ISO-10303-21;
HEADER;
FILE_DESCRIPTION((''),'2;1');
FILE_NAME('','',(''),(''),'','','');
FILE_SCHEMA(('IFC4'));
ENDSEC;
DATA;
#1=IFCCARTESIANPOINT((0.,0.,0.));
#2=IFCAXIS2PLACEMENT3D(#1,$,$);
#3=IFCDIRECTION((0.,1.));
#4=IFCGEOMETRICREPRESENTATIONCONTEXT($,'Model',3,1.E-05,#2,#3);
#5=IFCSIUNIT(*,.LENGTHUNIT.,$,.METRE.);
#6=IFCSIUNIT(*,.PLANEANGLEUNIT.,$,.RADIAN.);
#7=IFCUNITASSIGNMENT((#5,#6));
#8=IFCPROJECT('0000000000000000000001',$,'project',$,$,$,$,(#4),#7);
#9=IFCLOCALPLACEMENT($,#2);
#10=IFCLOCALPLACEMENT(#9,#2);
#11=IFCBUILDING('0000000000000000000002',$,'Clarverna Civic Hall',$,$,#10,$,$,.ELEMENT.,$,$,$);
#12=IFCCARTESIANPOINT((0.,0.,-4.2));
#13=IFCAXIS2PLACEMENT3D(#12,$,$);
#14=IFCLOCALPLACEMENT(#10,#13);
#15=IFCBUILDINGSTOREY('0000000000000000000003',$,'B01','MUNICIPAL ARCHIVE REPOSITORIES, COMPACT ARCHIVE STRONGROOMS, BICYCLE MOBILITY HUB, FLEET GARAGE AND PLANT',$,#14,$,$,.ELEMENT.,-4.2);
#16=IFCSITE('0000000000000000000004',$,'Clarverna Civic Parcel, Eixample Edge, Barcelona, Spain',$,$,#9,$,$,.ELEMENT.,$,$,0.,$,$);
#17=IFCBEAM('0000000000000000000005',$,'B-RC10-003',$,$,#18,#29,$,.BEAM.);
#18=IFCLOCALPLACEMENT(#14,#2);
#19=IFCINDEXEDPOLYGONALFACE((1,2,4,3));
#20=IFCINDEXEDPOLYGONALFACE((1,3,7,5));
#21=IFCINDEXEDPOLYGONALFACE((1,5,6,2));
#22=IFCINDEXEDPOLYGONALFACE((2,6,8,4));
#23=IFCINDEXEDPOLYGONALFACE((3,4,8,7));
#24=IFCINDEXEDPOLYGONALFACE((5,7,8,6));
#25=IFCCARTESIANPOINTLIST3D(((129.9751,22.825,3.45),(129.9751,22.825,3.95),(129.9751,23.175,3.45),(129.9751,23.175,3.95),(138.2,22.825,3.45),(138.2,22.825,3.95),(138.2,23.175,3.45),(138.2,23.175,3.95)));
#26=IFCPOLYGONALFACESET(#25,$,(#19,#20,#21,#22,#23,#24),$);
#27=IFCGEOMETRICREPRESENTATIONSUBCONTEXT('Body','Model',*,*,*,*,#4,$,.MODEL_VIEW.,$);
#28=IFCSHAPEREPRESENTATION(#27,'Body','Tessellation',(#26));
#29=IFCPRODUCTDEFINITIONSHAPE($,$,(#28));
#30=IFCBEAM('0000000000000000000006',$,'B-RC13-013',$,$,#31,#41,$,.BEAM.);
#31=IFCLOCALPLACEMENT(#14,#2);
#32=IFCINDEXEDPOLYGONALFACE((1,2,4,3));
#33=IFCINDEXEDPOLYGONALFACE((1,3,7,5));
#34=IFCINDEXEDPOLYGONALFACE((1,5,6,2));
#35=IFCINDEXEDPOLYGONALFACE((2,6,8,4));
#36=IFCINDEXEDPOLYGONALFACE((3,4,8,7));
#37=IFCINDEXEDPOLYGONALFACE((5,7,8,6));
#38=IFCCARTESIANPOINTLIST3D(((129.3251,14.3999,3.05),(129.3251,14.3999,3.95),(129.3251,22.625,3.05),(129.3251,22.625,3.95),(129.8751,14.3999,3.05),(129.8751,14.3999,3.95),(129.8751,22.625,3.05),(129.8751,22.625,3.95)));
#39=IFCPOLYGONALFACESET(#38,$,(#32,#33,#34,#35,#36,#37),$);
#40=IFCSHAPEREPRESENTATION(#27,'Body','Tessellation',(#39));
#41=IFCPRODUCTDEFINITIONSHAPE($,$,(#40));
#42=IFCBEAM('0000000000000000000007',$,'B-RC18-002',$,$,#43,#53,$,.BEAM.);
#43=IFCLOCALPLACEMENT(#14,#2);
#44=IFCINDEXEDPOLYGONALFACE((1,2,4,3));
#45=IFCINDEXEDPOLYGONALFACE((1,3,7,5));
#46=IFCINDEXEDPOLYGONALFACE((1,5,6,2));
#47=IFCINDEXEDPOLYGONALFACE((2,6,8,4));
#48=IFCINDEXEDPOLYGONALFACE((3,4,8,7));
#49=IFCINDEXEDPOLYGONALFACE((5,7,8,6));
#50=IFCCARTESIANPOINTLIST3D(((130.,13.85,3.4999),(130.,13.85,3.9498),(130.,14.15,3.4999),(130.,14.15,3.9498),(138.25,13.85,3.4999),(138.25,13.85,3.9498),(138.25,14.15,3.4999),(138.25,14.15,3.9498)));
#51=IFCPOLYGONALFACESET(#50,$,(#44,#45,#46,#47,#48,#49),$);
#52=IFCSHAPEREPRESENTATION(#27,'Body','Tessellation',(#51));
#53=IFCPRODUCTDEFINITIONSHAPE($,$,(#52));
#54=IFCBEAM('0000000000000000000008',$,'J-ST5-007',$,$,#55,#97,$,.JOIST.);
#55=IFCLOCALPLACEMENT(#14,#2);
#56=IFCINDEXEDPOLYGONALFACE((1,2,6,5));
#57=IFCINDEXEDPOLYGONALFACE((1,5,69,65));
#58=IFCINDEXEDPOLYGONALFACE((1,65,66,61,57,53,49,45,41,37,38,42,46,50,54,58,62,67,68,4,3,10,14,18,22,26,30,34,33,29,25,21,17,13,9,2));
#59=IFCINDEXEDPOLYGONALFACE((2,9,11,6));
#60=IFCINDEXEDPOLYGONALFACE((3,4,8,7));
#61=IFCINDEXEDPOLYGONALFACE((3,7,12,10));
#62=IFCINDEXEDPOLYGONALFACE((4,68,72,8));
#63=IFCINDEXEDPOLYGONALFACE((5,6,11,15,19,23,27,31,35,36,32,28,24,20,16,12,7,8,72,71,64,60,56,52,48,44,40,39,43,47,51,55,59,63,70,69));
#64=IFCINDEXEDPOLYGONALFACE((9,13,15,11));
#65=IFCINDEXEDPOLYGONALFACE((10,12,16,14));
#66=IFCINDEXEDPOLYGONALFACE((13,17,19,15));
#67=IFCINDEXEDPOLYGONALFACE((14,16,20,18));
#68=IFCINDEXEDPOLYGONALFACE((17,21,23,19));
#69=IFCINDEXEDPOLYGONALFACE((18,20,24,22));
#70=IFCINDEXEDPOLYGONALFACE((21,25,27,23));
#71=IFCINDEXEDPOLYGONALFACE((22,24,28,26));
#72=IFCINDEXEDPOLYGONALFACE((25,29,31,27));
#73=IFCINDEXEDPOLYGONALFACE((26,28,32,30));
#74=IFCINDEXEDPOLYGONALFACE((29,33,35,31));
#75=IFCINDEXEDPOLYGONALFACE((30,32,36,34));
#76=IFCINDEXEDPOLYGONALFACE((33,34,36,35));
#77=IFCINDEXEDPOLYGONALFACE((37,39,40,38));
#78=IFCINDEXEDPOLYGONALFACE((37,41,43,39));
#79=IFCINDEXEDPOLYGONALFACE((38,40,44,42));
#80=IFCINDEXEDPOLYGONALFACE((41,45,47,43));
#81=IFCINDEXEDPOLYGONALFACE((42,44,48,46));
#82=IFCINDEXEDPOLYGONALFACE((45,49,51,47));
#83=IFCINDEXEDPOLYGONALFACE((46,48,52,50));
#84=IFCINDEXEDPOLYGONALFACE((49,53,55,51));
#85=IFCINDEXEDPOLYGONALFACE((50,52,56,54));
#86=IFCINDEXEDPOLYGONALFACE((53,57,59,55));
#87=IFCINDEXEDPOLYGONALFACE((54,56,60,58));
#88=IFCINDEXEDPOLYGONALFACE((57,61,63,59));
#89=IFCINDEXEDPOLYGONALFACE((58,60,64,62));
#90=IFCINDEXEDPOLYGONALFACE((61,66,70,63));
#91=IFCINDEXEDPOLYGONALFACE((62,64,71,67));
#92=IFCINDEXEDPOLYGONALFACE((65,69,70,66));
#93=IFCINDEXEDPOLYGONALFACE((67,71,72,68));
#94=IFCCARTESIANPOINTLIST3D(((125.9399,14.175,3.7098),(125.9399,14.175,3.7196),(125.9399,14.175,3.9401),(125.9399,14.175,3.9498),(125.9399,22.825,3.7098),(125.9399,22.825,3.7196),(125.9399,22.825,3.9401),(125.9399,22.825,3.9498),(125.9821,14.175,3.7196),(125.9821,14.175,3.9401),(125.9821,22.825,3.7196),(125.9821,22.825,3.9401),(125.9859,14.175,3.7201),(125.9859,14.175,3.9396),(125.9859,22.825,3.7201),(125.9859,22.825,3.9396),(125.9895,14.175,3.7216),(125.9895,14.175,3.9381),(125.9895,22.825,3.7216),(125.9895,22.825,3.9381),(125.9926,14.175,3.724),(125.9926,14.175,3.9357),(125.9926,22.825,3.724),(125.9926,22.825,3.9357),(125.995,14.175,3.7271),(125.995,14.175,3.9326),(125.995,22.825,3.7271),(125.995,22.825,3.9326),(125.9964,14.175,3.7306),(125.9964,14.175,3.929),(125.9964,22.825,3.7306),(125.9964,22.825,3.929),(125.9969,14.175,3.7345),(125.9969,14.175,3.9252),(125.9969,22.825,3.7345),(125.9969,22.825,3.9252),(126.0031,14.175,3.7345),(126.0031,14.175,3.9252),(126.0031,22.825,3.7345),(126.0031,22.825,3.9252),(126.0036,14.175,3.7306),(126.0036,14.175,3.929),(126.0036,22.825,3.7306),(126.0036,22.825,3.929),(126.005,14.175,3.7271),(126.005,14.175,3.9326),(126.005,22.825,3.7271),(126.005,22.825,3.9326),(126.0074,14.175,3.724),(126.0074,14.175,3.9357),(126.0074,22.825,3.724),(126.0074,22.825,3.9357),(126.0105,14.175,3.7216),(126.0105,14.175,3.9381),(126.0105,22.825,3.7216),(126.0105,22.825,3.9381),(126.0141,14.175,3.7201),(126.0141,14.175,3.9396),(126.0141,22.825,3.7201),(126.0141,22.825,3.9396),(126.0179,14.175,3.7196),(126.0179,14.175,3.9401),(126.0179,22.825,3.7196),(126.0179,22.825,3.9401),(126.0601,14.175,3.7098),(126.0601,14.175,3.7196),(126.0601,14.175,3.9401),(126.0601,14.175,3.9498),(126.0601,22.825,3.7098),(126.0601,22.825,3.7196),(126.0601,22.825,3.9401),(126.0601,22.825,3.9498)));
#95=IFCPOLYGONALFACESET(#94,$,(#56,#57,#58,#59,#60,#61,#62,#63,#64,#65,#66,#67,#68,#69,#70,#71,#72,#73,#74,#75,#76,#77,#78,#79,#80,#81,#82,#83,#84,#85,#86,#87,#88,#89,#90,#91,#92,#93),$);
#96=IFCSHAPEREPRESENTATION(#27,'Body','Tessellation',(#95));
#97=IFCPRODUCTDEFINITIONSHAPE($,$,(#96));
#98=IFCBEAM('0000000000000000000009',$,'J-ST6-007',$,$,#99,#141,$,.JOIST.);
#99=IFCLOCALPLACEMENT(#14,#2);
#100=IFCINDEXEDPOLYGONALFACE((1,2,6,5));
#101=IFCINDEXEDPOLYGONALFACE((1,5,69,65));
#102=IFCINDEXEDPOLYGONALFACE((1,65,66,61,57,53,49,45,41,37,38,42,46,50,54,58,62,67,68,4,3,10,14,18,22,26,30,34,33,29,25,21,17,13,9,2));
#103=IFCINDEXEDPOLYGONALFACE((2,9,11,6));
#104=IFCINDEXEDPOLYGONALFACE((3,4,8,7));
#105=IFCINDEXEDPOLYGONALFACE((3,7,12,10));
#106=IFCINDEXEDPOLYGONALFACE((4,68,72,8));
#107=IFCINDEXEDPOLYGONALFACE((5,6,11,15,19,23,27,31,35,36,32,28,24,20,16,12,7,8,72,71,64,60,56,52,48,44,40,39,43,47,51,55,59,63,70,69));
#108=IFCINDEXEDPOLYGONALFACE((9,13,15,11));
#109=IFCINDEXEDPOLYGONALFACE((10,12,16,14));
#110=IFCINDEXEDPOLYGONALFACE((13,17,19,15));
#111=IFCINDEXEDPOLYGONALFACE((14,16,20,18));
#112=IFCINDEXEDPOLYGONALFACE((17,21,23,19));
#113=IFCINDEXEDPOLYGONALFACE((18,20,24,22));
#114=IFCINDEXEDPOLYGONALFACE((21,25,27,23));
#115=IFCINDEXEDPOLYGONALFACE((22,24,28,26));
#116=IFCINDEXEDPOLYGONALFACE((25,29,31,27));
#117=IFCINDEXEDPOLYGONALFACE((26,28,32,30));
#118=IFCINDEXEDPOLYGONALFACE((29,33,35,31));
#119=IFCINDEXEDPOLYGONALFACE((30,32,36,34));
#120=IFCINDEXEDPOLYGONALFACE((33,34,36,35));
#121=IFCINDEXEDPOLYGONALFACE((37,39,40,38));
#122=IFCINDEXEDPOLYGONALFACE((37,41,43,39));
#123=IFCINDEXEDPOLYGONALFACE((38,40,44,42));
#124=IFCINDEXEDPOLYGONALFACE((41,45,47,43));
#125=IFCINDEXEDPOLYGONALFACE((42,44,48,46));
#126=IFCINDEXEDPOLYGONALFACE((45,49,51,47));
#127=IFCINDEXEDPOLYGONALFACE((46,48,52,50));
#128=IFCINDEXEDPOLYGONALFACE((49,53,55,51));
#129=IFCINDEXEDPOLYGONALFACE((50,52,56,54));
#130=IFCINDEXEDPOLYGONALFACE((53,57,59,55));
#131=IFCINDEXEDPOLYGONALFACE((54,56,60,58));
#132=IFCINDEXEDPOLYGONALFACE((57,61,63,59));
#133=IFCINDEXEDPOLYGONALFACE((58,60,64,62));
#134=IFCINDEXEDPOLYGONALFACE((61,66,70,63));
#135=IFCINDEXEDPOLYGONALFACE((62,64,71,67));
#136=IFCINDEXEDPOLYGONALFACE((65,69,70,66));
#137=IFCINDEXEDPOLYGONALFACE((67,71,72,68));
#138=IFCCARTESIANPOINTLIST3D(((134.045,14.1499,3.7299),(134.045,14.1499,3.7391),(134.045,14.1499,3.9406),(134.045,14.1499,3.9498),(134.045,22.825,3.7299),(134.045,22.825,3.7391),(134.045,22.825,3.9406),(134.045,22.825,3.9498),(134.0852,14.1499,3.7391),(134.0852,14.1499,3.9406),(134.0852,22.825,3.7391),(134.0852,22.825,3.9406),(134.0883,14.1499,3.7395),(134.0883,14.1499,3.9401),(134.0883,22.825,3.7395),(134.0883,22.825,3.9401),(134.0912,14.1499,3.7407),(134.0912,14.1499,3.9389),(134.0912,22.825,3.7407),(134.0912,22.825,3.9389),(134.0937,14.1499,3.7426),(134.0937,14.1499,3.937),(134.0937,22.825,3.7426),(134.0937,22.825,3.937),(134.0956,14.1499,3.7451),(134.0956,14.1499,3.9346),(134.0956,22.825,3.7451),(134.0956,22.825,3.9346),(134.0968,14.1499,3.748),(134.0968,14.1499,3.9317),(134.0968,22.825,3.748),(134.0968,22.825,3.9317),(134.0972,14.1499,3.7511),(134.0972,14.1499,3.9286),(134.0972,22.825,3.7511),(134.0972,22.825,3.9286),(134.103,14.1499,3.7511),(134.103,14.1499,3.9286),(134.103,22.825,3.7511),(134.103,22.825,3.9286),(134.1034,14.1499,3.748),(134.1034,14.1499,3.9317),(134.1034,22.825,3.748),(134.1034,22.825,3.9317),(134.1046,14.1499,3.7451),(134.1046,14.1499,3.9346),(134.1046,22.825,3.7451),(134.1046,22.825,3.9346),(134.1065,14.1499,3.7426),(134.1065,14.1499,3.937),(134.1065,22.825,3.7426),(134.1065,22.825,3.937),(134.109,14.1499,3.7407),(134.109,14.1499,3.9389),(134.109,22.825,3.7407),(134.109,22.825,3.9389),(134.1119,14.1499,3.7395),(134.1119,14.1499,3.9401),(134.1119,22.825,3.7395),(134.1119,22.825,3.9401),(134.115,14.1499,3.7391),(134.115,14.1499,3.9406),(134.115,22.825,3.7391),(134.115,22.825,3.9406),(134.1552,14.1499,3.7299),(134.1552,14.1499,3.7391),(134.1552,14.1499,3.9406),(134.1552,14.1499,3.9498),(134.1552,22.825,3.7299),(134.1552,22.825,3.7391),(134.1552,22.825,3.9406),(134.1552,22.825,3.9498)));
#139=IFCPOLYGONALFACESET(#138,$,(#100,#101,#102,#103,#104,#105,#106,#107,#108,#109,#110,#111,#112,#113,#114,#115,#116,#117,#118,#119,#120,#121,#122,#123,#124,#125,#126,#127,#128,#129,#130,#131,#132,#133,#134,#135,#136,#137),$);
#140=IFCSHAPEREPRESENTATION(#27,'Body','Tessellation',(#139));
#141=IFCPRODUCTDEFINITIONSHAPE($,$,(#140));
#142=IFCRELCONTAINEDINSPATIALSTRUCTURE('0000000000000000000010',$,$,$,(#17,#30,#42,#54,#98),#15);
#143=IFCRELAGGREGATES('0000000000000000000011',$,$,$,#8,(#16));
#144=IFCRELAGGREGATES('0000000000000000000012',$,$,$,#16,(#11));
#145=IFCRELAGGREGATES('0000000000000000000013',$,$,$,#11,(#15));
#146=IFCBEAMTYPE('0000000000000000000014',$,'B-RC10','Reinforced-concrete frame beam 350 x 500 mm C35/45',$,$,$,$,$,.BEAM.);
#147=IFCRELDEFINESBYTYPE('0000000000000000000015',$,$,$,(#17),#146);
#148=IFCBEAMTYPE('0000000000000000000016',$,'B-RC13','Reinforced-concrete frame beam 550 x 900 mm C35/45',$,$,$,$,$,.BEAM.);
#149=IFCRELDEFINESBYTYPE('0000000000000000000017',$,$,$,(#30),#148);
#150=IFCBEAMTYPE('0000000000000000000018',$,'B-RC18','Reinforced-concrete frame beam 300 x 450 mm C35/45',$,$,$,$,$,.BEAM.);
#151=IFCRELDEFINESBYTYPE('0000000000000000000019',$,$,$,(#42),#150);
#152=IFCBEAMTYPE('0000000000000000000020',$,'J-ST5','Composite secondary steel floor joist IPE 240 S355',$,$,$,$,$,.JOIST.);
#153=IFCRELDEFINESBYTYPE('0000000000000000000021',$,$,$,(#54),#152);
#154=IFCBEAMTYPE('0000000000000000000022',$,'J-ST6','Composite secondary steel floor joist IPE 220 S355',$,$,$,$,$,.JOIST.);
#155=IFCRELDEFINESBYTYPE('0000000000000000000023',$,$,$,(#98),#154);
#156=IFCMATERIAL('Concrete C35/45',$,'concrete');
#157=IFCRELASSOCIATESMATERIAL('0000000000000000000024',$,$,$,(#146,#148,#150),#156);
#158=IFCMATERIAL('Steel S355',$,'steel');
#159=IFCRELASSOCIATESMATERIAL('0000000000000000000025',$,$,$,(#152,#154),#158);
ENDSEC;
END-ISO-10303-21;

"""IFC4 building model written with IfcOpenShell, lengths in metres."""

from ifc_helpers import new_model, si_unit, direction, frame, origin, origin_2d, place, context, subcontext, project, spatial, rectangle, i_section, extrude, material, material_profile, profile_set, type_object, element, save


model = new_model("IFC4")

# Units and contexts
model_context = context("Model", 3, precision=1e-05, world=origin(), true_north=direction((0.0, 1.0)))
body_context = subcontext(model_context, "Body", "Model", "MODEL_VIEW")
ifc_project = project(units=[si_unit("LENGTHUNIT", "METRE"), si_unit("PLANEANGLEUNIT", "RADIAN")], contexts=[model_context])

# Site, building, storey
site_placement = place(None, origin())
site = spatial("IfcSite", under=ifc_project, at=site_placement, Name="Clarverna Civic Parcel, Eixample Edge, Barcelona, Spain", CompositionType="ELEMENT", RefElevation=0.0)
building_placement = place(site_placement, origin())
building = spatial("IfcBuilding", under=site, at=building_placement, Name="Clarverna Civic Hall", CompositionType="ELEMENT")
storey_placement = place(building_placement, frame((0.0, 0.0, -4.2)))
storey = spatial("IfcBuildingStorey", under=building, at=storey_placement, Name="B01", Description="MUNICIPAL ARCHIVE REPOSITORIES, COMPACT ARCHIVE STRONGROOMS, BICYCLE MOBILITY HUB, FLEET GARAGE AND PLANT", CompositionType="ELEMENT", Elevation=-4.2)

# Beams
ifc_material_1 = material(Name="Concrete C35/45", Category="concrete")
ifc_material_profile_1 = material_profile(ifc_material_1, rectangle(XDim=0.3501, YDim=0.5, at=origin_2d()), Name="RC 350x500")
ifc_profile_set_1 = profile_set([ifc_material_profile_1], Name="Concrete C35/45")
beam_type_1 = type_object("IfcBeamType", Name="B-RC10", Description="Reinforced-concrete frame beam 350 x 500 mm C35/45", PredefinedType="BEAM", material=ifc_profile_set_1)
beam_1_placement = place(storey_placement, frame((129.9751, 23.0, 3.7), z_axis=(1.0, 0.0, 0.0), x_axis=(0.0, 1.0, 0.0)))
element("IfcBeam", 1, at=beam_1_placement, inside=storey, type_object=beam_type_1, Name="B-RC10-003", PredefinedType="BEAM", context=body_context, shape_type="SweptSolid", body=[
    extrude(rectangle(XDim=0.3501, YDim=0.5, at=origin_2d()), origin(), (0.0, 0.0, 1.0), 8.2249),
])
ifc_material_profile_2 = material_profile(ifc_material_1, rectangle(XDim=0.55, YDim=0.8999, at=origin_2d()), Name="RC 550x900")
ifc_profile_set_2 = profile_set([ifc_material_profile_2], Name="Concrete C35/45")
beam_type_2 = type_object("IfcBeamType", Name="B-RC13", Description="Reinforced-concrete frame beam 550 x 900 mm C35/45", PredefinedType="BEAM", material=ifc_profile_set_2)
beam_2_placement = place(storey_placement, frame((129.6001, 14.3999, 3.5), z_axis=(0.0, 1.0, 0.0), x_axis=(-1.0, 0.0, 0.0)))
element("IfcBeam", 2, at=beam_2_placement, inside=storey, type_object=beam_type_2, Name="B-RC13-013", PredefinedType="BEAM", context=body_context, shape_type="SweptSolid", body=[
    extrude(rectangle(XDim=0.55, YDim=0.8999, at=origin_2d()), origin(), (0.0, 0.0, 1.0), 8.2251),
])
ifc_material_profile_3 = material_profile(ifc_material_1, rectangle(XDim=0.3, YDim=0.45, at=origin_2d()), Name="RC 300x450")
ifc_profile_set_3 = profile_set([ifc_material_profile_3], Name="Concrete C35/45")
beam_type_3 = type_object("IfcBeamType", Name="B-RC18", Description="Reinforced-concrete frame beam 300 x 450 mm C35/45", PredefinedType="BEAM", material=ifc_profile_set_3)
beam_3_placement = place(storey_placement, frame((130.0, 14.0, 3.7249), z_axis=(1.0, 0.0, 0.0), x_axis=(0.0, 1.0, 0.0)))
element("IfcBeam", 3, at=beam_3_placement, inside=storey, type_object=beam_type_3, Name="B-RC18-002", PredefinedType="BEAM", context=body_context, shape_type="SweptSolid", body=[
    extrude(rectangle(XDim=0.3, YDim=0.45, at=origin_2d()), origin(), (0.0, 0.0, 1.0), 8.25),
])
ifc_material_2 = material(Name="Steel S355", Category="steel")
ifc_material_profile_4 = material_profile(ifc_material_2, i_section(OverallWidth=0.1201, OverallDepth=0.24, WebThickness=0.0061, FlangeThickness=0.0098, FilletRadius=0.0149, at=origin_2d()), Name="IPE 240")
ifc_profile_set_4 = profile_set([ifc_material_profile_4], Name="Steel S355")
beam_type_4 = type_object("IfcBeamType", Name="J-ST5", Description="Composite secondary steel floor joist IPE 240 S355", PredefinedType="JOIST", material=ifc_profile_set_4)
beam_4_placement = place(storey_placement, frame((126.0, 14.175, 3.8298), z_axis=(0.0, 1.0, 0.0), x_axis=(-1.0, 0.0, 0.0)))
element("IfcBeam", 4, at=beam_4_placement, inside=storey, type_object=beam_type_4, Name="J-ST5-007", PredefinedType="JOIST", context=body_context, shape_type="SweptSolid", body=[
    extrude(i_section(OverallWidth=0.1201, OverallDepth=0.24, WebThickness=0.0061, FlangeThickness=0.0098, FilletRadius=0.0149, at=origin_2d()), origin(), (0.0, 0.0, 1.0), 8.6499),
])
ifc_material_profile_5 = material_profile(ifc_material_2, i_section(OverallWidth=0.1101, OverallDepth=0.22, WebThickness=0.0059, FlangeThickness=0.0093, FilletRadius=0.012, at=origin_2d()), Name="IPE 220")
ifc_profile_set_5 = profile_set([ifc_material_profile_5], Name="Steel S355")
beam_type_5 = type_object("IfcBeamType", Name="J-ST6", Description="Composite secondary steel floor joist IPE 220 S355", PredefinedType="JOIST", material=ifc_profile_set_5)
beam_5_placement = place(storey_placement, frame((134.1001, 14.1499, 3.8398), z_axis=(0.0, 1.0, 0.0), x_axis=(-1.0, 0.0, 0.0)))
element("IfcBeam", 5, at=beam_5_placement, inside=storey, type_object=beam_type_5, Name="J-ST6-007", PredefinedType="JOIST", context=body_context, shape_type="SweptSolid", body=[
    extrude(i_section(OverallWidth=0.1101, OverallDepth=0.22, WebThickness=0.0059, FlangeThickness=0.0093, FilletRadius=0.012, at=origin_2d()), origin(), (0.0, 0.0, 1.0), 8.675),
])

save(model, "model.ifc")
